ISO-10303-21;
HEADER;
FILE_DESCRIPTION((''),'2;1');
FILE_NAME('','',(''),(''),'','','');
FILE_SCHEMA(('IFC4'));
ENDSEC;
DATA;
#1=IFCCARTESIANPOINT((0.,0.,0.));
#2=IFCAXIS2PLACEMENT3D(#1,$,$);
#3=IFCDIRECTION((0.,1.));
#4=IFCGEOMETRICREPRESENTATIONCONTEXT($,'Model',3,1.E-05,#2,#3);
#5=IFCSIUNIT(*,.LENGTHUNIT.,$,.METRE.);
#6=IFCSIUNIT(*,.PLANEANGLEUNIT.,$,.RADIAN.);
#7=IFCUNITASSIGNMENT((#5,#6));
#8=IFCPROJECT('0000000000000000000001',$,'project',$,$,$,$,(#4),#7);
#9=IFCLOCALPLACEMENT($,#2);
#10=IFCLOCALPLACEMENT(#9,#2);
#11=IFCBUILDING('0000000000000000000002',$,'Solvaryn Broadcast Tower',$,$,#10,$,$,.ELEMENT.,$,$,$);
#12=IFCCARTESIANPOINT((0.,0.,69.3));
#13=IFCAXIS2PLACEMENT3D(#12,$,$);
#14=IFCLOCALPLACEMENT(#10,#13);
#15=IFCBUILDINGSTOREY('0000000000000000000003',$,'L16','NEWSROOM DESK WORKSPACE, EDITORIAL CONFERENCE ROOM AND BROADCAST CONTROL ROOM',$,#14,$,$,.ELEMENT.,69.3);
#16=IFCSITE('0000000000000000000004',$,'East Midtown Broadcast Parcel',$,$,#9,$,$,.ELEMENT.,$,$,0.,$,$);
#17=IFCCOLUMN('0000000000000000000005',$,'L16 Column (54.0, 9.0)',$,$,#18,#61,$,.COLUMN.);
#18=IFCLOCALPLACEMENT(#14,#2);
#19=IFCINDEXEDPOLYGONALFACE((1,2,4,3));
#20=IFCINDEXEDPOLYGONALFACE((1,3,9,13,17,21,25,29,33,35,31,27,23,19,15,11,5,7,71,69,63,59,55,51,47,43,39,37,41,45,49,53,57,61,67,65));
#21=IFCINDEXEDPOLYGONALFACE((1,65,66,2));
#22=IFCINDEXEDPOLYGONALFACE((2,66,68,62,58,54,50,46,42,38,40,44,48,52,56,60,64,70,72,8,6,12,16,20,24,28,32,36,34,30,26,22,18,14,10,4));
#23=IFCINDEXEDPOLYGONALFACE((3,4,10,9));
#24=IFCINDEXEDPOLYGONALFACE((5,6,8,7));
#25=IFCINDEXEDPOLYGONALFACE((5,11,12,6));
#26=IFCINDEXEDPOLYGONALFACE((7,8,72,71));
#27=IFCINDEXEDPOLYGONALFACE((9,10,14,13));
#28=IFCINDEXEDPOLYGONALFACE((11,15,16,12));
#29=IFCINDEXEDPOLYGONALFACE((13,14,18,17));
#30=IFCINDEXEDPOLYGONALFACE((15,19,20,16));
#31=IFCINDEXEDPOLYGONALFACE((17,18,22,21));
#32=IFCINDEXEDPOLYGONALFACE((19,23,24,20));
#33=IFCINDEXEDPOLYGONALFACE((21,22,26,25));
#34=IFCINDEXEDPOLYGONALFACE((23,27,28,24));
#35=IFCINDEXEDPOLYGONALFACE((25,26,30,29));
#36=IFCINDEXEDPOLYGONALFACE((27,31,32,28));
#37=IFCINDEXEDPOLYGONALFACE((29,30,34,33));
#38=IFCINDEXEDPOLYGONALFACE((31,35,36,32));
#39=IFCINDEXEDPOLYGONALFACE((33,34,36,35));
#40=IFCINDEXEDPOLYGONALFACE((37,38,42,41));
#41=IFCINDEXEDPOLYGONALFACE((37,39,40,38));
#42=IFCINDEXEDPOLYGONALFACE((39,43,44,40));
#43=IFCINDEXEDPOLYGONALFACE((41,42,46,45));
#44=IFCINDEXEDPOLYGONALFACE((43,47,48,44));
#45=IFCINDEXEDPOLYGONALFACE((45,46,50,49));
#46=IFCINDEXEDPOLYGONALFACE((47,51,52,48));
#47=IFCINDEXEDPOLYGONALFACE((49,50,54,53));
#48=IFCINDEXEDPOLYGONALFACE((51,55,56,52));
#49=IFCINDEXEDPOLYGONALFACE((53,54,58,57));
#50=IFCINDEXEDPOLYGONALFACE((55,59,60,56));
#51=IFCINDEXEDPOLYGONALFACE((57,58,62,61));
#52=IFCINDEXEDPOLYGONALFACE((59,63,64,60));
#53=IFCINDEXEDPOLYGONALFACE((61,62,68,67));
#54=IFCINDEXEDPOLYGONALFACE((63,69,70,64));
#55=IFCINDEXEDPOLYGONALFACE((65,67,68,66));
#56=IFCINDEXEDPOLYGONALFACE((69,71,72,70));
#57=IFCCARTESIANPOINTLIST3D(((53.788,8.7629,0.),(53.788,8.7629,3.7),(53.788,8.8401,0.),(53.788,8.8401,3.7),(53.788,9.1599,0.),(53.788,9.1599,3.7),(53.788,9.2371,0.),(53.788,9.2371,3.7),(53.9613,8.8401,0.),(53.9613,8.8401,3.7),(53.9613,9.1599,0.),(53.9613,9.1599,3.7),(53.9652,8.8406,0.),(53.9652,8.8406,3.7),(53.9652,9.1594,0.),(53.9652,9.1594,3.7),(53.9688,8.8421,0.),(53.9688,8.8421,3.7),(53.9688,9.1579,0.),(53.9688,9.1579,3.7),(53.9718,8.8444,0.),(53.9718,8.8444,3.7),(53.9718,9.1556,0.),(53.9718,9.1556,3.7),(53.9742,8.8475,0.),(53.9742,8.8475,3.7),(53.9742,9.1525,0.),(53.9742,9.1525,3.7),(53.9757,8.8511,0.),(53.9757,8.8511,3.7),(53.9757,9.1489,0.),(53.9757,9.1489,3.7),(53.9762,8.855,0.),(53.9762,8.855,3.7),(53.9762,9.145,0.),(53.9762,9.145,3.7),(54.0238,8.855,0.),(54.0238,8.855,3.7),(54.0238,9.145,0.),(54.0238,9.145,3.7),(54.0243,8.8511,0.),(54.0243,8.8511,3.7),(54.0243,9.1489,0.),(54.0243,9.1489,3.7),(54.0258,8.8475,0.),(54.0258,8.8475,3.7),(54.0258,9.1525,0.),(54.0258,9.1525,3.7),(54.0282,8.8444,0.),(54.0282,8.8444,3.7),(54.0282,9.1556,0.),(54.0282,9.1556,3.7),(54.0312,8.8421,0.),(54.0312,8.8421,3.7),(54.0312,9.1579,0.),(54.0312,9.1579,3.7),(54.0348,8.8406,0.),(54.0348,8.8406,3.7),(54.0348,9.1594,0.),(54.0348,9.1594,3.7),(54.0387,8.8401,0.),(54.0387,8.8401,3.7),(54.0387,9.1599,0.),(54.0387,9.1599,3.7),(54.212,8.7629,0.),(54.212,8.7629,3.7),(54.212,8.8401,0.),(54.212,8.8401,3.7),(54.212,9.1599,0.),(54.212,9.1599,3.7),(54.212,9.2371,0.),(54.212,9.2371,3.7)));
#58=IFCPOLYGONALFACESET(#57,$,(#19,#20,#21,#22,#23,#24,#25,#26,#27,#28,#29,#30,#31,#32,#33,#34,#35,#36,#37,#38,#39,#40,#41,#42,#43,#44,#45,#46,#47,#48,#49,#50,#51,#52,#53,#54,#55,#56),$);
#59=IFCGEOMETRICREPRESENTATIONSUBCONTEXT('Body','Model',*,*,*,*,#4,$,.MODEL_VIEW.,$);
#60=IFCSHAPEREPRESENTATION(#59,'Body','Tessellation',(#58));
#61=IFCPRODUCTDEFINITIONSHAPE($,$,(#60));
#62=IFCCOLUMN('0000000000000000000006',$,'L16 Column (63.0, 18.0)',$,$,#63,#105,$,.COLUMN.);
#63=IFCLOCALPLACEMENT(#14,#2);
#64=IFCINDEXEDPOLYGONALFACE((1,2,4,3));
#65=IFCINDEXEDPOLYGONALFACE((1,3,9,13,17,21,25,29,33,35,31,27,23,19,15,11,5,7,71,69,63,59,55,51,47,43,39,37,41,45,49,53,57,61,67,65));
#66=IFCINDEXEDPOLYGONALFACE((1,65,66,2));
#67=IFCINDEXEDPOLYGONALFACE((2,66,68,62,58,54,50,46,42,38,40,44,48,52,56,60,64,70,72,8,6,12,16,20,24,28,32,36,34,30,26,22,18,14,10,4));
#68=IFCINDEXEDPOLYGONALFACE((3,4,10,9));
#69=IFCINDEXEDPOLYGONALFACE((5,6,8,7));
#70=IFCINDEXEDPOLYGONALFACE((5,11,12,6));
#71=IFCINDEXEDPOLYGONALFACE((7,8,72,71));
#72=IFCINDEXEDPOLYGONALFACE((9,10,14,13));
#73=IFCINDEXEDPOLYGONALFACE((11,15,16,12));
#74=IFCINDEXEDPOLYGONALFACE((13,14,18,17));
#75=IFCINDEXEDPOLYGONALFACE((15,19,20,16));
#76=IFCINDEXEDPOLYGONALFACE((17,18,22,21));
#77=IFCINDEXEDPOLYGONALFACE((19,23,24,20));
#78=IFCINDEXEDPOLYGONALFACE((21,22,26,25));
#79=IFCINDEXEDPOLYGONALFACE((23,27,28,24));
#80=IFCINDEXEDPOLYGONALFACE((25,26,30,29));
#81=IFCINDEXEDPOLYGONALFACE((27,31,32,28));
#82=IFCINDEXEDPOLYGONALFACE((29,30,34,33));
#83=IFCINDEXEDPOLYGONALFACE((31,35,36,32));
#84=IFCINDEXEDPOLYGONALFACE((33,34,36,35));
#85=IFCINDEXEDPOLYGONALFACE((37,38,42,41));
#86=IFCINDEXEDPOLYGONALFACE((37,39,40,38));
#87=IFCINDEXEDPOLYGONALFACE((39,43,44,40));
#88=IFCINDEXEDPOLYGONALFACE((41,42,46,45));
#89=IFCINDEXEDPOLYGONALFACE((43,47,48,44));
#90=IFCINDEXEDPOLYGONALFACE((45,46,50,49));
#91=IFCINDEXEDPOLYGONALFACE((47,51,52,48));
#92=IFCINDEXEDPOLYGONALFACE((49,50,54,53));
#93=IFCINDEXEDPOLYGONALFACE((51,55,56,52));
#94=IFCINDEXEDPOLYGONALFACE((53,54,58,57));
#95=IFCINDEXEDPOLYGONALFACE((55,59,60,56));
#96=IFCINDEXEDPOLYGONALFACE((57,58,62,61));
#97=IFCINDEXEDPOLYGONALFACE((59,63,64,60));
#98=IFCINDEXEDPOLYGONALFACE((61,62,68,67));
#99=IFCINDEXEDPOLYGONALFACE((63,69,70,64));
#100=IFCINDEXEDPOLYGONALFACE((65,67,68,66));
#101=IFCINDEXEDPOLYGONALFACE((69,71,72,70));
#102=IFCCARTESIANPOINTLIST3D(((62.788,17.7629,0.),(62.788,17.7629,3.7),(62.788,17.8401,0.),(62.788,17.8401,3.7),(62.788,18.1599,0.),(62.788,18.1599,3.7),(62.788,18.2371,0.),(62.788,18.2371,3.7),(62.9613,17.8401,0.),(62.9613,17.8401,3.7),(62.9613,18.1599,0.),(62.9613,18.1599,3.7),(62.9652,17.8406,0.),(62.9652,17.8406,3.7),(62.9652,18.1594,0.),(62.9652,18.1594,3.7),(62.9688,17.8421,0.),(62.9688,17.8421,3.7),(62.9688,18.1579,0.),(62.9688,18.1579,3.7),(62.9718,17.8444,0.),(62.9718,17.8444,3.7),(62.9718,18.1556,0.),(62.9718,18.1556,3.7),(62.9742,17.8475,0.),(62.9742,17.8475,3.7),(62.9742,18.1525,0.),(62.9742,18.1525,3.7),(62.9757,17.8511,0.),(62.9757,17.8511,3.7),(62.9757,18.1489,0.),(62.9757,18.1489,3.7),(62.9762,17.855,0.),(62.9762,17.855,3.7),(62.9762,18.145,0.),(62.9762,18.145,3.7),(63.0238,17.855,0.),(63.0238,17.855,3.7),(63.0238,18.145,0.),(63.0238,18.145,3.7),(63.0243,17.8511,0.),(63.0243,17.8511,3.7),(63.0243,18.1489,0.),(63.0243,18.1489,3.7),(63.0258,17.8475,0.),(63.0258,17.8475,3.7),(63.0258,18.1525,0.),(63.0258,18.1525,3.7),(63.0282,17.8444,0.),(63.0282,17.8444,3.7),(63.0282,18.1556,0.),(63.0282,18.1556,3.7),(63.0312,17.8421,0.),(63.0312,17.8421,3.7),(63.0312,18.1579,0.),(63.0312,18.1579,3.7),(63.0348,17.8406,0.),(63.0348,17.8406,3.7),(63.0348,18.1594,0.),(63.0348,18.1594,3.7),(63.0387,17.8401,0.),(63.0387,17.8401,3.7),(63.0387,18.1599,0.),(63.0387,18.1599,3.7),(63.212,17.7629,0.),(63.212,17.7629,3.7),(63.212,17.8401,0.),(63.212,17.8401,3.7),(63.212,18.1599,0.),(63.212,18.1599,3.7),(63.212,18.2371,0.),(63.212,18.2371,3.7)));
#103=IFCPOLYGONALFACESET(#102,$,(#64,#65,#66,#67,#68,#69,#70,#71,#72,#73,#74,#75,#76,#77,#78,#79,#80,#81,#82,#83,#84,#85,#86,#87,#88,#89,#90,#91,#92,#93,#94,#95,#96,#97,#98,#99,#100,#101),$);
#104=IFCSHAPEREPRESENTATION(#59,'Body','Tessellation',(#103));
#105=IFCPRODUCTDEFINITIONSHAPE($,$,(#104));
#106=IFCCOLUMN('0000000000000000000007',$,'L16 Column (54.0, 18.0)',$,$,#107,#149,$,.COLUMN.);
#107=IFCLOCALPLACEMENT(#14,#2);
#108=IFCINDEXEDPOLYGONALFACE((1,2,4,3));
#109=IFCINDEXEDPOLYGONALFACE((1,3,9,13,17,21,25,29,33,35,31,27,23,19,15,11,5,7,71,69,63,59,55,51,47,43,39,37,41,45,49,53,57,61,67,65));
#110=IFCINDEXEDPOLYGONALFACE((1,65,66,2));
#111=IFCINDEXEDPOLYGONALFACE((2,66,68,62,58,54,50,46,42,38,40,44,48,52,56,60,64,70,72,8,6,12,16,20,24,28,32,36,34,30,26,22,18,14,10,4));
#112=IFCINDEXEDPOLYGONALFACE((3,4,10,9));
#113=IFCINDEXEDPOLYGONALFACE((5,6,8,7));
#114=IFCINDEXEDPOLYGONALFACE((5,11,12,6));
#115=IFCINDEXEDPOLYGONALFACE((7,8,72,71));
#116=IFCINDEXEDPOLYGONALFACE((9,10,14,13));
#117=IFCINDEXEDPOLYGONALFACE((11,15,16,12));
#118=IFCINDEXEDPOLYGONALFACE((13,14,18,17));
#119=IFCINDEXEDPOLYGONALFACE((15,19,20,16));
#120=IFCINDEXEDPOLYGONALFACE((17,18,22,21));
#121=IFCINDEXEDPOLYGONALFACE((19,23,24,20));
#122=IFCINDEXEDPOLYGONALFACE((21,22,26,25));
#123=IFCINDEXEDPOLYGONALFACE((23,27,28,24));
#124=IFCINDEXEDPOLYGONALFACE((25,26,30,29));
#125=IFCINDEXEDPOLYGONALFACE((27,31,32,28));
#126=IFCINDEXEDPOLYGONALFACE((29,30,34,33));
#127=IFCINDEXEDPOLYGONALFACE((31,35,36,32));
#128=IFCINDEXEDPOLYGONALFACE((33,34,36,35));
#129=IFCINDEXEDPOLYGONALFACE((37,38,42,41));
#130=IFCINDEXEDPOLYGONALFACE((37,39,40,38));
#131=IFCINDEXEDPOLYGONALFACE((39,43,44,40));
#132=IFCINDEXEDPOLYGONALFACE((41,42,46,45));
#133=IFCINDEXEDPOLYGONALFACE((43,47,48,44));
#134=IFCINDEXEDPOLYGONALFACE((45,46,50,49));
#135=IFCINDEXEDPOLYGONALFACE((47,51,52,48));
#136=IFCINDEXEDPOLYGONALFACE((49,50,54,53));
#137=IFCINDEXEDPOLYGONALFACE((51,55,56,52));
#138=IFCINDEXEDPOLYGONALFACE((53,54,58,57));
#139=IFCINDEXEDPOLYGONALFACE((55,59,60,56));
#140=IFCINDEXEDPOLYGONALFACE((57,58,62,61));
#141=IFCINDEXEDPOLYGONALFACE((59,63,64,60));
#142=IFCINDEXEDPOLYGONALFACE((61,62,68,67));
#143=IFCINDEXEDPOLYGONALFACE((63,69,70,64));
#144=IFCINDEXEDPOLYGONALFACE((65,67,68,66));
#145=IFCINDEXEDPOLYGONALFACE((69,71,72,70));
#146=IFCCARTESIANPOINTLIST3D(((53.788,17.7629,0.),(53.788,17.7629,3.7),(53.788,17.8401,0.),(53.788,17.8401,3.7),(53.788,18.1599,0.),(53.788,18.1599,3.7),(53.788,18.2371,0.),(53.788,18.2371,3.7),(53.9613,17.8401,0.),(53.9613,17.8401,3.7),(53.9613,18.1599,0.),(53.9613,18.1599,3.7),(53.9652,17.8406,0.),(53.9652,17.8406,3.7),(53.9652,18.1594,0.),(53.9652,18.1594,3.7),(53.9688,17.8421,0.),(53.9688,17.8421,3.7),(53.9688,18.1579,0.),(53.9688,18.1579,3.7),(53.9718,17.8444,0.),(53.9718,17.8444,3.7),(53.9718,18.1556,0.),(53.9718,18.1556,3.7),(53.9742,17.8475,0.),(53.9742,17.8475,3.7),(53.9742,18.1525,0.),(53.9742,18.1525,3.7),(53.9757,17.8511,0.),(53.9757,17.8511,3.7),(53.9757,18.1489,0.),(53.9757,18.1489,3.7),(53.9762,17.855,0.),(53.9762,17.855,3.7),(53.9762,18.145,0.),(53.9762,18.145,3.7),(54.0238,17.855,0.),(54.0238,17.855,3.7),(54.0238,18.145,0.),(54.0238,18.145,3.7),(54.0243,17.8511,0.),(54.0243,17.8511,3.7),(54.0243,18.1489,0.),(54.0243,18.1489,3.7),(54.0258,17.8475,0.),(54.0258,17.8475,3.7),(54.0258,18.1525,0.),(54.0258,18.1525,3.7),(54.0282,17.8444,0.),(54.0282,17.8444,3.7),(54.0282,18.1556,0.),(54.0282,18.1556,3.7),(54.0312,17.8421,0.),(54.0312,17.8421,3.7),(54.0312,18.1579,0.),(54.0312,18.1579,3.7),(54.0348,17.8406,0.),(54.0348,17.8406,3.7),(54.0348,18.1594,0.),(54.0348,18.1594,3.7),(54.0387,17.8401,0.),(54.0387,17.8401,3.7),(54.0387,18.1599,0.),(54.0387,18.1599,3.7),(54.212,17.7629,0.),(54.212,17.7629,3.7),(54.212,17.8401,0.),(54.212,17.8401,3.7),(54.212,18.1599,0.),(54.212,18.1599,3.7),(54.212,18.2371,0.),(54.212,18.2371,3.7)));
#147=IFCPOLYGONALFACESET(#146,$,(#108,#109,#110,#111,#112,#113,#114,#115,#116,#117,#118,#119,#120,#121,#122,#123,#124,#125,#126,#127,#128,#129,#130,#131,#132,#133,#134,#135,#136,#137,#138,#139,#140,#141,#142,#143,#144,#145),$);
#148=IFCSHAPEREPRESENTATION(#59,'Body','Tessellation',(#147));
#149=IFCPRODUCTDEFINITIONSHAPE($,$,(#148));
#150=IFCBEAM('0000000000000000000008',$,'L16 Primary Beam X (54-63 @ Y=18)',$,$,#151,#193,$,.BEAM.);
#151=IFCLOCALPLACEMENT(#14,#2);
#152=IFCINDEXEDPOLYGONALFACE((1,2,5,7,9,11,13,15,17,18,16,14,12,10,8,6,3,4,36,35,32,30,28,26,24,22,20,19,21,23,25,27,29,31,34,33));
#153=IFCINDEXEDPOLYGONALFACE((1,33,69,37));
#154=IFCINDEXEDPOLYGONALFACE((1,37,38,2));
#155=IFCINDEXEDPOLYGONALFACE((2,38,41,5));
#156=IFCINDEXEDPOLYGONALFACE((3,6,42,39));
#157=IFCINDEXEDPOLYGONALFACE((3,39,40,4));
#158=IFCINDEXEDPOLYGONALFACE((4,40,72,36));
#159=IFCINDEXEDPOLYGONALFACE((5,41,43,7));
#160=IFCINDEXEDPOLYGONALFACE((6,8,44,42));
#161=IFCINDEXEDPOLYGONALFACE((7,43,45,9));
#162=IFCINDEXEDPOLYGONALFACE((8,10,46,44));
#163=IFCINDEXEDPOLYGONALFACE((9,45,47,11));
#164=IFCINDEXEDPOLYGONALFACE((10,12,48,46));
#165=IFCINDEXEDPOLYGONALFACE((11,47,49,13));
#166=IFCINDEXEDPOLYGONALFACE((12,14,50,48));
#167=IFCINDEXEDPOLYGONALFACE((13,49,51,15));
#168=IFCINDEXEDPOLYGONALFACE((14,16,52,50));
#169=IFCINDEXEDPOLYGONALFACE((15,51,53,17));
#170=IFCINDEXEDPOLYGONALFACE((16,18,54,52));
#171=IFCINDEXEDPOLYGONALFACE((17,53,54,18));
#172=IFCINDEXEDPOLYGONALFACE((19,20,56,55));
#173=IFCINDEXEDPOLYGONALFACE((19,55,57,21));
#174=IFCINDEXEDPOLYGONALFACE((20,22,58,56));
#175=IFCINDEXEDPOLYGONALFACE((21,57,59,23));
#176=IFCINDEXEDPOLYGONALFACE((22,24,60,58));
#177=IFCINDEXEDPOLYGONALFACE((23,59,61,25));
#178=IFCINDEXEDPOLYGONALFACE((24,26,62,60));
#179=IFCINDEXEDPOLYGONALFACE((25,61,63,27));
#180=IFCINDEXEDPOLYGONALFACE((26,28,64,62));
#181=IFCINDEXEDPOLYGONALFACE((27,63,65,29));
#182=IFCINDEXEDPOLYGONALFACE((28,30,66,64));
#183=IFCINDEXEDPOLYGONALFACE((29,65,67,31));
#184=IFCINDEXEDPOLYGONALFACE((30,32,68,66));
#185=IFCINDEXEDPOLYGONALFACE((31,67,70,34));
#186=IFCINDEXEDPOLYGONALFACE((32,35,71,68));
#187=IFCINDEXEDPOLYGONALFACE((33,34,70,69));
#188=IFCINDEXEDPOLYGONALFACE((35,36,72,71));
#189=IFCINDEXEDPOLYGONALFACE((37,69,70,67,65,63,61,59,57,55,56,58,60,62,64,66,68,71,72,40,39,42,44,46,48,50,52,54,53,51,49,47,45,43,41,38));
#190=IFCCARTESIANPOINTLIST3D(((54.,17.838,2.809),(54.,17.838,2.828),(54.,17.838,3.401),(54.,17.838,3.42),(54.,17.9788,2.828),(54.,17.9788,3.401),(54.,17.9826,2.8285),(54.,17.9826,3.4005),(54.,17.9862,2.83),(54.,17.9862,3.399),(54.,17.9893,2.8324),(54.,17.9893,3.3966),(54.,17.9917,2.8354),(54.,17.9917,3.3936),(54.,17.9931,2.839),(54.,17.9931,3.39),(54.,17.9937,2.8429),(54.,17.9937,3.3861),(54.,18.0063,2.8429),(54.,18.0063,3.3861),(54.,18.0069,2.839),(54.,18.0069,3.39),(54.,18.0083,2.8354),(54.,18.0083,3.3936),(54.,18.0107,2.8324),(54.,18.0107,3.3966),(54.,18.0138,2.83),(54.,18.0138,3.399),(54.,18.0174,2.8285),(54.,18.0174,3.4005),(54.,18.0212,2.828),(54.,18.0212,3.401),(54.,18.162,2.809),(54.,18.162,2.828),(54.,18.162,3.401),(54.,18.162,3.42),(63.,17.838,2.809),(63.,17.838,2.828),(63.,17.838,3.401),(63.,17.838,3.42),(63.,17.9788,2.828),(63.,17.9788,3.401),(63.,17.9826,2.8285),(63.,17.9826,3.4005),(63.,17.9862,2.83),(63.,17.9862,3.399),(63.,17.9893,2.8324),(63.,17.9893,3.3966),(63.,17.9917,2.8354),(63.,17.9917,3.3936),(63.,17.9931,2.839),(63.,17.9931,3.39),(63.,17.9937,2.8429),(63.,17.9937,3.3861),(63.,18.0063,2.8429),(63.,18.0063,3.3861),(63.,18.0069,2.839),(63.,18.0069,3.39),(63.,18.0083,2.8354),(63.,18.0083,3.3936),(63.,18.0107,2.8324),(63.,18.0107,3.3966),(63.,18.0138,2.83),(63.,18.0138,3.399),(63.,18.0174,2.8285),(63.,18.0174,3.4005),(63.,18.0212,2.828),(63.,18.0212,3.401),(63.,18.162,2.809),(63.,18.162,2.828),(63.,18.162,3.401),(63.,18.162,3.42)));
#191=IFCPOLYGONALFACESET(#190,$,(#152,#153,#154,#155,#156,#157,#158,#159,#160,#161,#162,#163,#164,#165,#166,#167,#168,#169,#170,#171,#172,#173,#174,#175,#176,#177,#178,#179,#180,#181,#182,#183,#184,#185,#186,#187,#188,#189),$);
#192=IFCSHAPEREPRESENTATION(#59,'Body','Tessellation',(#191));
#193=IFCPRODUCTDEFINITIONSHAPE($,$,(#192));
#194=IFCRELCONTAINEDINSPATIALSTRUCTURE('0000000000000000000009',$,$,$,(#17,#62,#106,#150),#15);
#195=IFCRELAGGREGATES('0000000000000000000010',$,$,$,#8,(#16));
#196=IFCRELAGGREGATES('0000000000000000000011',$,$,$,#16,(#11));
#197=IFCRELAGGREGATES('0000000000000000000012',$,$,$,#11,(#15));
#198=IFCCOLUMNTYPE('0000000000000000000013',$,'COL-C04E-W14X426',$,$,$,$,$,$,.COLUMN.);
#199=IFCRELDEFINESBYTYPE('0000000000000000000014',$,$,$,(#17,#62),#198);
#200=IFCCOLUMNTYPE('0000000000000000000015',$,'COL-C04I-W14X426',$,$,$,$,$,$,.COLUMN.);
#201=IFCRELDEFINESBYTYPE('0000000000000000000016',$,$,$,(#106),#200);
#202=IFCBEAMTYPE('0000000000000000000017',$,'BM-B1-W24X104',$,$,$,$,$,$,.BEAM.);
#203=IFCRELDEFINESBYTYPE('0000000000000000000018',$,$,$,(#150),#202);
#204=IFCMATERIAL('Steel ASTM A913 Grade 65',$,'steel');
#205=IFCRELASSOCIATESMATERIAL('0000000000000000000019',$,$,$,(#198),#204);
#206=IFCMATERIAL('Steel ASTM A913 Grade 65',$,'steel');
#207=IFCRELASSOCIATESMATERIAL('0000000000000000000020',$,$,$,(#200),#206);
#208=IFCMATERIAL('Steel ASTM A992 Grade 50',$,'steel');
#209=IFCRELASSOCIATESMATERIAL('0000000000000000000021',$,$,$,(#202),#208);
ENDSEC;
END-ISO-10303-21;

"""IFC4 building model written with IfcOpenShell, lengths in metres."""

from ifc_helpers import new_model, si_unit, direction, frame, origin, origin_2d, place, context, subcontext, project, spatial, i_section, extrude, material, material_profile, profile_set, type_object, element, save


model = new_model("IFC4")

# Units and contexts
model_context = context("Model", 3, precision=1e-05, world=origin(), true_north=direction((0.0, 1.0)))
body_context = subcontext(model_context, "Body", "Model", "MODEL_VIEW")
ifc_project = project(units=[si_unit("LENGTHUNIT", "METRE"), si_unit("PLANEANGLEUNIT", "RADIAN")], contexts=[model_context])

# Site, building, storey
site_placement = place(None, origin())
site = spatial("IfcSite", under=ifc_project, at=site_placement, Name="East Midtown Broadcast Parcel", CompositionType="ELEMENT", RefElevation=0.0)
building_placement = place(site_placement, origin())
building = spatial("IfcBuilding", under=site, at=building_placement, Name="Solvaryn Broadcast Tower", CompositionType="ELEMENT")
storey_placement = place(building_placement, frame((0.0, 0.0, 69.3)))
storey = spatial("IfcBuildingStorey", under=building, at=storey_placement, Name="L16", Description="NEWSROOM DESK WORKSPACE, EDITORIAL CONFERENCE ROOM AND BROADCAST CONTROL ROOM", CompositionType="ELEMENT", Elevation=69.3)

# Columns
ifc_material_1 = material(Name="Steel ASTM A913 Grade 65", Category="steel")
ifc_material_profile_1 = material_profile(ifc_material_1, i_section(OverallWidth=0.4241, OverallDepth=0.4741, WebThickness=0.0476, FlangeThickness=0.0771, FilletRadius=0.0149, at=origin_2d()))
ifc_profile_set_1 = profile_set([ifc_material_profile_1], Name="Steel ASTM A913 Grade 65")
column_type_1 = type_object("IfcColumnType", Name="COL-C04E-W14X426", PredefinedType="COLUMN", material=ifc_profile_set_1)
for number, where, z_axis, x_axis, name in (
    (1, (54.0, 9.0, 0.0), (0.0, 0.0, 1.0), (1.0, 0.0, 0.0), "L16 Column (54.0, 9.0)"),
    (2, (63.0, 18.0, 0.0), (0.0, 0.0, 1.0), (1.0, 0.0, 0.0), "L16 Column (63.0, 18.0)"),
):
    element("IfcColumn", number, at=place(storey_placement, frame(where, z_axis=z_axis, x_axis=x_axis)), inside=storey, type_object=column_type_1, Name=name, PredefinedType="COLUMN", context=body_context, shape_type="SweptSolid", body=[
        extrude(i_section(OverallWidth=0.4241, OverallDepth=0.4741, WebThickness=0.0476, FlangeThickness=0.0771, FilletRadius=0.0149, at=origin_2d()), origin(), (0.0, 0.0, 1.0), 3.7),
    ])
ifc_material_2 = material(Name="Steel ASTM A913 Grade 65", Category="steel")
ifc_material_profile_2 = material_profile(ifc_material_2, i_section(OverallWidth=0.4241, OverallDepth=0.4741, WebThickness=0.0476, FlangeThickness=0.0771, FilletRadius=0.0149, at=origin_2d()))
ifc_profile_set_2 = profile_set([ifc_material_profile_2], Name="Steel ASTM A913 Grade 65")
column_type_2 = type_object("IfcColumnType", Name="COL-C04I-W14X426", PredefinedType="COLUMN", material=ifc_profile_set_2)
column_placement = place(storey_placement, frame((54.0, 18.0, 0.0), z_axis=(0.0, 0.0, 1.0), x_axis=(1.0, 0.0, 0.0)))
element("IfcColumn", 3, at=column_placement, inside=storey, type_object=column_type_2, Name="L16 Column (54.0, 18.0)", PredefinedType="COLUMN", context=body_context, shape_type="SweptSolid", body=[
    extrude(i_section(OverallWidth=0.4241, OverallDepth=0.4741, WebThickness=0.0476, FlangeThickness=0.0771, FilletRadius=0.0149, at=origin_2d()), origin(), (0.0, 0.0, 1.0), 3.7),
])

# Beam
ifc_material_3 = material(Name="Steel ASTM A992 Grade 50", Category="steel")
ifc_material_profile_3 = material_profile(ifc_material_3, i_section(OverallWidth=0.324, OverallDepth=0.6111, WebThickness=0.0127, FlangeThickness=0.019, FilletRadius=0.0149, at=origin_2d()))
ifc_profile_set_3 = profile_set([ifc_material_profile_3], Name="Steel ASTM A992 Grade 50")
beam_type = type_object("IfcBeamType", Name="BM-B1-W24X104", PredefinedType="BEAM", material=ifc_profile_set_3)
beam_placement = place(storey_placement, frame((54.0, 18.0, 3.1145), z_axis=(1.0, 0.0, 0.0), x_axis=(0.0, 1.0, 0.0)))
element("IfcBeam", 4, at=beam_placement, inside=storey, type_object=beam_type, Name="L16 Primary Beam X (54-63 @ Y=18)", PredefinedType="BEAM", context=body_context, shape_type="SweptSolid", body=[
    extrude(i_section(OverallWidth=0.324, OverallDepth=0.6111, WebThickness=0.0127, FlangeThickness=0.019, FilletRadius=0.0149, at=origin_2d()), origin(), (0.0, 0.0, 1.0), 9.0),
])

save(model, "model.ifc")
